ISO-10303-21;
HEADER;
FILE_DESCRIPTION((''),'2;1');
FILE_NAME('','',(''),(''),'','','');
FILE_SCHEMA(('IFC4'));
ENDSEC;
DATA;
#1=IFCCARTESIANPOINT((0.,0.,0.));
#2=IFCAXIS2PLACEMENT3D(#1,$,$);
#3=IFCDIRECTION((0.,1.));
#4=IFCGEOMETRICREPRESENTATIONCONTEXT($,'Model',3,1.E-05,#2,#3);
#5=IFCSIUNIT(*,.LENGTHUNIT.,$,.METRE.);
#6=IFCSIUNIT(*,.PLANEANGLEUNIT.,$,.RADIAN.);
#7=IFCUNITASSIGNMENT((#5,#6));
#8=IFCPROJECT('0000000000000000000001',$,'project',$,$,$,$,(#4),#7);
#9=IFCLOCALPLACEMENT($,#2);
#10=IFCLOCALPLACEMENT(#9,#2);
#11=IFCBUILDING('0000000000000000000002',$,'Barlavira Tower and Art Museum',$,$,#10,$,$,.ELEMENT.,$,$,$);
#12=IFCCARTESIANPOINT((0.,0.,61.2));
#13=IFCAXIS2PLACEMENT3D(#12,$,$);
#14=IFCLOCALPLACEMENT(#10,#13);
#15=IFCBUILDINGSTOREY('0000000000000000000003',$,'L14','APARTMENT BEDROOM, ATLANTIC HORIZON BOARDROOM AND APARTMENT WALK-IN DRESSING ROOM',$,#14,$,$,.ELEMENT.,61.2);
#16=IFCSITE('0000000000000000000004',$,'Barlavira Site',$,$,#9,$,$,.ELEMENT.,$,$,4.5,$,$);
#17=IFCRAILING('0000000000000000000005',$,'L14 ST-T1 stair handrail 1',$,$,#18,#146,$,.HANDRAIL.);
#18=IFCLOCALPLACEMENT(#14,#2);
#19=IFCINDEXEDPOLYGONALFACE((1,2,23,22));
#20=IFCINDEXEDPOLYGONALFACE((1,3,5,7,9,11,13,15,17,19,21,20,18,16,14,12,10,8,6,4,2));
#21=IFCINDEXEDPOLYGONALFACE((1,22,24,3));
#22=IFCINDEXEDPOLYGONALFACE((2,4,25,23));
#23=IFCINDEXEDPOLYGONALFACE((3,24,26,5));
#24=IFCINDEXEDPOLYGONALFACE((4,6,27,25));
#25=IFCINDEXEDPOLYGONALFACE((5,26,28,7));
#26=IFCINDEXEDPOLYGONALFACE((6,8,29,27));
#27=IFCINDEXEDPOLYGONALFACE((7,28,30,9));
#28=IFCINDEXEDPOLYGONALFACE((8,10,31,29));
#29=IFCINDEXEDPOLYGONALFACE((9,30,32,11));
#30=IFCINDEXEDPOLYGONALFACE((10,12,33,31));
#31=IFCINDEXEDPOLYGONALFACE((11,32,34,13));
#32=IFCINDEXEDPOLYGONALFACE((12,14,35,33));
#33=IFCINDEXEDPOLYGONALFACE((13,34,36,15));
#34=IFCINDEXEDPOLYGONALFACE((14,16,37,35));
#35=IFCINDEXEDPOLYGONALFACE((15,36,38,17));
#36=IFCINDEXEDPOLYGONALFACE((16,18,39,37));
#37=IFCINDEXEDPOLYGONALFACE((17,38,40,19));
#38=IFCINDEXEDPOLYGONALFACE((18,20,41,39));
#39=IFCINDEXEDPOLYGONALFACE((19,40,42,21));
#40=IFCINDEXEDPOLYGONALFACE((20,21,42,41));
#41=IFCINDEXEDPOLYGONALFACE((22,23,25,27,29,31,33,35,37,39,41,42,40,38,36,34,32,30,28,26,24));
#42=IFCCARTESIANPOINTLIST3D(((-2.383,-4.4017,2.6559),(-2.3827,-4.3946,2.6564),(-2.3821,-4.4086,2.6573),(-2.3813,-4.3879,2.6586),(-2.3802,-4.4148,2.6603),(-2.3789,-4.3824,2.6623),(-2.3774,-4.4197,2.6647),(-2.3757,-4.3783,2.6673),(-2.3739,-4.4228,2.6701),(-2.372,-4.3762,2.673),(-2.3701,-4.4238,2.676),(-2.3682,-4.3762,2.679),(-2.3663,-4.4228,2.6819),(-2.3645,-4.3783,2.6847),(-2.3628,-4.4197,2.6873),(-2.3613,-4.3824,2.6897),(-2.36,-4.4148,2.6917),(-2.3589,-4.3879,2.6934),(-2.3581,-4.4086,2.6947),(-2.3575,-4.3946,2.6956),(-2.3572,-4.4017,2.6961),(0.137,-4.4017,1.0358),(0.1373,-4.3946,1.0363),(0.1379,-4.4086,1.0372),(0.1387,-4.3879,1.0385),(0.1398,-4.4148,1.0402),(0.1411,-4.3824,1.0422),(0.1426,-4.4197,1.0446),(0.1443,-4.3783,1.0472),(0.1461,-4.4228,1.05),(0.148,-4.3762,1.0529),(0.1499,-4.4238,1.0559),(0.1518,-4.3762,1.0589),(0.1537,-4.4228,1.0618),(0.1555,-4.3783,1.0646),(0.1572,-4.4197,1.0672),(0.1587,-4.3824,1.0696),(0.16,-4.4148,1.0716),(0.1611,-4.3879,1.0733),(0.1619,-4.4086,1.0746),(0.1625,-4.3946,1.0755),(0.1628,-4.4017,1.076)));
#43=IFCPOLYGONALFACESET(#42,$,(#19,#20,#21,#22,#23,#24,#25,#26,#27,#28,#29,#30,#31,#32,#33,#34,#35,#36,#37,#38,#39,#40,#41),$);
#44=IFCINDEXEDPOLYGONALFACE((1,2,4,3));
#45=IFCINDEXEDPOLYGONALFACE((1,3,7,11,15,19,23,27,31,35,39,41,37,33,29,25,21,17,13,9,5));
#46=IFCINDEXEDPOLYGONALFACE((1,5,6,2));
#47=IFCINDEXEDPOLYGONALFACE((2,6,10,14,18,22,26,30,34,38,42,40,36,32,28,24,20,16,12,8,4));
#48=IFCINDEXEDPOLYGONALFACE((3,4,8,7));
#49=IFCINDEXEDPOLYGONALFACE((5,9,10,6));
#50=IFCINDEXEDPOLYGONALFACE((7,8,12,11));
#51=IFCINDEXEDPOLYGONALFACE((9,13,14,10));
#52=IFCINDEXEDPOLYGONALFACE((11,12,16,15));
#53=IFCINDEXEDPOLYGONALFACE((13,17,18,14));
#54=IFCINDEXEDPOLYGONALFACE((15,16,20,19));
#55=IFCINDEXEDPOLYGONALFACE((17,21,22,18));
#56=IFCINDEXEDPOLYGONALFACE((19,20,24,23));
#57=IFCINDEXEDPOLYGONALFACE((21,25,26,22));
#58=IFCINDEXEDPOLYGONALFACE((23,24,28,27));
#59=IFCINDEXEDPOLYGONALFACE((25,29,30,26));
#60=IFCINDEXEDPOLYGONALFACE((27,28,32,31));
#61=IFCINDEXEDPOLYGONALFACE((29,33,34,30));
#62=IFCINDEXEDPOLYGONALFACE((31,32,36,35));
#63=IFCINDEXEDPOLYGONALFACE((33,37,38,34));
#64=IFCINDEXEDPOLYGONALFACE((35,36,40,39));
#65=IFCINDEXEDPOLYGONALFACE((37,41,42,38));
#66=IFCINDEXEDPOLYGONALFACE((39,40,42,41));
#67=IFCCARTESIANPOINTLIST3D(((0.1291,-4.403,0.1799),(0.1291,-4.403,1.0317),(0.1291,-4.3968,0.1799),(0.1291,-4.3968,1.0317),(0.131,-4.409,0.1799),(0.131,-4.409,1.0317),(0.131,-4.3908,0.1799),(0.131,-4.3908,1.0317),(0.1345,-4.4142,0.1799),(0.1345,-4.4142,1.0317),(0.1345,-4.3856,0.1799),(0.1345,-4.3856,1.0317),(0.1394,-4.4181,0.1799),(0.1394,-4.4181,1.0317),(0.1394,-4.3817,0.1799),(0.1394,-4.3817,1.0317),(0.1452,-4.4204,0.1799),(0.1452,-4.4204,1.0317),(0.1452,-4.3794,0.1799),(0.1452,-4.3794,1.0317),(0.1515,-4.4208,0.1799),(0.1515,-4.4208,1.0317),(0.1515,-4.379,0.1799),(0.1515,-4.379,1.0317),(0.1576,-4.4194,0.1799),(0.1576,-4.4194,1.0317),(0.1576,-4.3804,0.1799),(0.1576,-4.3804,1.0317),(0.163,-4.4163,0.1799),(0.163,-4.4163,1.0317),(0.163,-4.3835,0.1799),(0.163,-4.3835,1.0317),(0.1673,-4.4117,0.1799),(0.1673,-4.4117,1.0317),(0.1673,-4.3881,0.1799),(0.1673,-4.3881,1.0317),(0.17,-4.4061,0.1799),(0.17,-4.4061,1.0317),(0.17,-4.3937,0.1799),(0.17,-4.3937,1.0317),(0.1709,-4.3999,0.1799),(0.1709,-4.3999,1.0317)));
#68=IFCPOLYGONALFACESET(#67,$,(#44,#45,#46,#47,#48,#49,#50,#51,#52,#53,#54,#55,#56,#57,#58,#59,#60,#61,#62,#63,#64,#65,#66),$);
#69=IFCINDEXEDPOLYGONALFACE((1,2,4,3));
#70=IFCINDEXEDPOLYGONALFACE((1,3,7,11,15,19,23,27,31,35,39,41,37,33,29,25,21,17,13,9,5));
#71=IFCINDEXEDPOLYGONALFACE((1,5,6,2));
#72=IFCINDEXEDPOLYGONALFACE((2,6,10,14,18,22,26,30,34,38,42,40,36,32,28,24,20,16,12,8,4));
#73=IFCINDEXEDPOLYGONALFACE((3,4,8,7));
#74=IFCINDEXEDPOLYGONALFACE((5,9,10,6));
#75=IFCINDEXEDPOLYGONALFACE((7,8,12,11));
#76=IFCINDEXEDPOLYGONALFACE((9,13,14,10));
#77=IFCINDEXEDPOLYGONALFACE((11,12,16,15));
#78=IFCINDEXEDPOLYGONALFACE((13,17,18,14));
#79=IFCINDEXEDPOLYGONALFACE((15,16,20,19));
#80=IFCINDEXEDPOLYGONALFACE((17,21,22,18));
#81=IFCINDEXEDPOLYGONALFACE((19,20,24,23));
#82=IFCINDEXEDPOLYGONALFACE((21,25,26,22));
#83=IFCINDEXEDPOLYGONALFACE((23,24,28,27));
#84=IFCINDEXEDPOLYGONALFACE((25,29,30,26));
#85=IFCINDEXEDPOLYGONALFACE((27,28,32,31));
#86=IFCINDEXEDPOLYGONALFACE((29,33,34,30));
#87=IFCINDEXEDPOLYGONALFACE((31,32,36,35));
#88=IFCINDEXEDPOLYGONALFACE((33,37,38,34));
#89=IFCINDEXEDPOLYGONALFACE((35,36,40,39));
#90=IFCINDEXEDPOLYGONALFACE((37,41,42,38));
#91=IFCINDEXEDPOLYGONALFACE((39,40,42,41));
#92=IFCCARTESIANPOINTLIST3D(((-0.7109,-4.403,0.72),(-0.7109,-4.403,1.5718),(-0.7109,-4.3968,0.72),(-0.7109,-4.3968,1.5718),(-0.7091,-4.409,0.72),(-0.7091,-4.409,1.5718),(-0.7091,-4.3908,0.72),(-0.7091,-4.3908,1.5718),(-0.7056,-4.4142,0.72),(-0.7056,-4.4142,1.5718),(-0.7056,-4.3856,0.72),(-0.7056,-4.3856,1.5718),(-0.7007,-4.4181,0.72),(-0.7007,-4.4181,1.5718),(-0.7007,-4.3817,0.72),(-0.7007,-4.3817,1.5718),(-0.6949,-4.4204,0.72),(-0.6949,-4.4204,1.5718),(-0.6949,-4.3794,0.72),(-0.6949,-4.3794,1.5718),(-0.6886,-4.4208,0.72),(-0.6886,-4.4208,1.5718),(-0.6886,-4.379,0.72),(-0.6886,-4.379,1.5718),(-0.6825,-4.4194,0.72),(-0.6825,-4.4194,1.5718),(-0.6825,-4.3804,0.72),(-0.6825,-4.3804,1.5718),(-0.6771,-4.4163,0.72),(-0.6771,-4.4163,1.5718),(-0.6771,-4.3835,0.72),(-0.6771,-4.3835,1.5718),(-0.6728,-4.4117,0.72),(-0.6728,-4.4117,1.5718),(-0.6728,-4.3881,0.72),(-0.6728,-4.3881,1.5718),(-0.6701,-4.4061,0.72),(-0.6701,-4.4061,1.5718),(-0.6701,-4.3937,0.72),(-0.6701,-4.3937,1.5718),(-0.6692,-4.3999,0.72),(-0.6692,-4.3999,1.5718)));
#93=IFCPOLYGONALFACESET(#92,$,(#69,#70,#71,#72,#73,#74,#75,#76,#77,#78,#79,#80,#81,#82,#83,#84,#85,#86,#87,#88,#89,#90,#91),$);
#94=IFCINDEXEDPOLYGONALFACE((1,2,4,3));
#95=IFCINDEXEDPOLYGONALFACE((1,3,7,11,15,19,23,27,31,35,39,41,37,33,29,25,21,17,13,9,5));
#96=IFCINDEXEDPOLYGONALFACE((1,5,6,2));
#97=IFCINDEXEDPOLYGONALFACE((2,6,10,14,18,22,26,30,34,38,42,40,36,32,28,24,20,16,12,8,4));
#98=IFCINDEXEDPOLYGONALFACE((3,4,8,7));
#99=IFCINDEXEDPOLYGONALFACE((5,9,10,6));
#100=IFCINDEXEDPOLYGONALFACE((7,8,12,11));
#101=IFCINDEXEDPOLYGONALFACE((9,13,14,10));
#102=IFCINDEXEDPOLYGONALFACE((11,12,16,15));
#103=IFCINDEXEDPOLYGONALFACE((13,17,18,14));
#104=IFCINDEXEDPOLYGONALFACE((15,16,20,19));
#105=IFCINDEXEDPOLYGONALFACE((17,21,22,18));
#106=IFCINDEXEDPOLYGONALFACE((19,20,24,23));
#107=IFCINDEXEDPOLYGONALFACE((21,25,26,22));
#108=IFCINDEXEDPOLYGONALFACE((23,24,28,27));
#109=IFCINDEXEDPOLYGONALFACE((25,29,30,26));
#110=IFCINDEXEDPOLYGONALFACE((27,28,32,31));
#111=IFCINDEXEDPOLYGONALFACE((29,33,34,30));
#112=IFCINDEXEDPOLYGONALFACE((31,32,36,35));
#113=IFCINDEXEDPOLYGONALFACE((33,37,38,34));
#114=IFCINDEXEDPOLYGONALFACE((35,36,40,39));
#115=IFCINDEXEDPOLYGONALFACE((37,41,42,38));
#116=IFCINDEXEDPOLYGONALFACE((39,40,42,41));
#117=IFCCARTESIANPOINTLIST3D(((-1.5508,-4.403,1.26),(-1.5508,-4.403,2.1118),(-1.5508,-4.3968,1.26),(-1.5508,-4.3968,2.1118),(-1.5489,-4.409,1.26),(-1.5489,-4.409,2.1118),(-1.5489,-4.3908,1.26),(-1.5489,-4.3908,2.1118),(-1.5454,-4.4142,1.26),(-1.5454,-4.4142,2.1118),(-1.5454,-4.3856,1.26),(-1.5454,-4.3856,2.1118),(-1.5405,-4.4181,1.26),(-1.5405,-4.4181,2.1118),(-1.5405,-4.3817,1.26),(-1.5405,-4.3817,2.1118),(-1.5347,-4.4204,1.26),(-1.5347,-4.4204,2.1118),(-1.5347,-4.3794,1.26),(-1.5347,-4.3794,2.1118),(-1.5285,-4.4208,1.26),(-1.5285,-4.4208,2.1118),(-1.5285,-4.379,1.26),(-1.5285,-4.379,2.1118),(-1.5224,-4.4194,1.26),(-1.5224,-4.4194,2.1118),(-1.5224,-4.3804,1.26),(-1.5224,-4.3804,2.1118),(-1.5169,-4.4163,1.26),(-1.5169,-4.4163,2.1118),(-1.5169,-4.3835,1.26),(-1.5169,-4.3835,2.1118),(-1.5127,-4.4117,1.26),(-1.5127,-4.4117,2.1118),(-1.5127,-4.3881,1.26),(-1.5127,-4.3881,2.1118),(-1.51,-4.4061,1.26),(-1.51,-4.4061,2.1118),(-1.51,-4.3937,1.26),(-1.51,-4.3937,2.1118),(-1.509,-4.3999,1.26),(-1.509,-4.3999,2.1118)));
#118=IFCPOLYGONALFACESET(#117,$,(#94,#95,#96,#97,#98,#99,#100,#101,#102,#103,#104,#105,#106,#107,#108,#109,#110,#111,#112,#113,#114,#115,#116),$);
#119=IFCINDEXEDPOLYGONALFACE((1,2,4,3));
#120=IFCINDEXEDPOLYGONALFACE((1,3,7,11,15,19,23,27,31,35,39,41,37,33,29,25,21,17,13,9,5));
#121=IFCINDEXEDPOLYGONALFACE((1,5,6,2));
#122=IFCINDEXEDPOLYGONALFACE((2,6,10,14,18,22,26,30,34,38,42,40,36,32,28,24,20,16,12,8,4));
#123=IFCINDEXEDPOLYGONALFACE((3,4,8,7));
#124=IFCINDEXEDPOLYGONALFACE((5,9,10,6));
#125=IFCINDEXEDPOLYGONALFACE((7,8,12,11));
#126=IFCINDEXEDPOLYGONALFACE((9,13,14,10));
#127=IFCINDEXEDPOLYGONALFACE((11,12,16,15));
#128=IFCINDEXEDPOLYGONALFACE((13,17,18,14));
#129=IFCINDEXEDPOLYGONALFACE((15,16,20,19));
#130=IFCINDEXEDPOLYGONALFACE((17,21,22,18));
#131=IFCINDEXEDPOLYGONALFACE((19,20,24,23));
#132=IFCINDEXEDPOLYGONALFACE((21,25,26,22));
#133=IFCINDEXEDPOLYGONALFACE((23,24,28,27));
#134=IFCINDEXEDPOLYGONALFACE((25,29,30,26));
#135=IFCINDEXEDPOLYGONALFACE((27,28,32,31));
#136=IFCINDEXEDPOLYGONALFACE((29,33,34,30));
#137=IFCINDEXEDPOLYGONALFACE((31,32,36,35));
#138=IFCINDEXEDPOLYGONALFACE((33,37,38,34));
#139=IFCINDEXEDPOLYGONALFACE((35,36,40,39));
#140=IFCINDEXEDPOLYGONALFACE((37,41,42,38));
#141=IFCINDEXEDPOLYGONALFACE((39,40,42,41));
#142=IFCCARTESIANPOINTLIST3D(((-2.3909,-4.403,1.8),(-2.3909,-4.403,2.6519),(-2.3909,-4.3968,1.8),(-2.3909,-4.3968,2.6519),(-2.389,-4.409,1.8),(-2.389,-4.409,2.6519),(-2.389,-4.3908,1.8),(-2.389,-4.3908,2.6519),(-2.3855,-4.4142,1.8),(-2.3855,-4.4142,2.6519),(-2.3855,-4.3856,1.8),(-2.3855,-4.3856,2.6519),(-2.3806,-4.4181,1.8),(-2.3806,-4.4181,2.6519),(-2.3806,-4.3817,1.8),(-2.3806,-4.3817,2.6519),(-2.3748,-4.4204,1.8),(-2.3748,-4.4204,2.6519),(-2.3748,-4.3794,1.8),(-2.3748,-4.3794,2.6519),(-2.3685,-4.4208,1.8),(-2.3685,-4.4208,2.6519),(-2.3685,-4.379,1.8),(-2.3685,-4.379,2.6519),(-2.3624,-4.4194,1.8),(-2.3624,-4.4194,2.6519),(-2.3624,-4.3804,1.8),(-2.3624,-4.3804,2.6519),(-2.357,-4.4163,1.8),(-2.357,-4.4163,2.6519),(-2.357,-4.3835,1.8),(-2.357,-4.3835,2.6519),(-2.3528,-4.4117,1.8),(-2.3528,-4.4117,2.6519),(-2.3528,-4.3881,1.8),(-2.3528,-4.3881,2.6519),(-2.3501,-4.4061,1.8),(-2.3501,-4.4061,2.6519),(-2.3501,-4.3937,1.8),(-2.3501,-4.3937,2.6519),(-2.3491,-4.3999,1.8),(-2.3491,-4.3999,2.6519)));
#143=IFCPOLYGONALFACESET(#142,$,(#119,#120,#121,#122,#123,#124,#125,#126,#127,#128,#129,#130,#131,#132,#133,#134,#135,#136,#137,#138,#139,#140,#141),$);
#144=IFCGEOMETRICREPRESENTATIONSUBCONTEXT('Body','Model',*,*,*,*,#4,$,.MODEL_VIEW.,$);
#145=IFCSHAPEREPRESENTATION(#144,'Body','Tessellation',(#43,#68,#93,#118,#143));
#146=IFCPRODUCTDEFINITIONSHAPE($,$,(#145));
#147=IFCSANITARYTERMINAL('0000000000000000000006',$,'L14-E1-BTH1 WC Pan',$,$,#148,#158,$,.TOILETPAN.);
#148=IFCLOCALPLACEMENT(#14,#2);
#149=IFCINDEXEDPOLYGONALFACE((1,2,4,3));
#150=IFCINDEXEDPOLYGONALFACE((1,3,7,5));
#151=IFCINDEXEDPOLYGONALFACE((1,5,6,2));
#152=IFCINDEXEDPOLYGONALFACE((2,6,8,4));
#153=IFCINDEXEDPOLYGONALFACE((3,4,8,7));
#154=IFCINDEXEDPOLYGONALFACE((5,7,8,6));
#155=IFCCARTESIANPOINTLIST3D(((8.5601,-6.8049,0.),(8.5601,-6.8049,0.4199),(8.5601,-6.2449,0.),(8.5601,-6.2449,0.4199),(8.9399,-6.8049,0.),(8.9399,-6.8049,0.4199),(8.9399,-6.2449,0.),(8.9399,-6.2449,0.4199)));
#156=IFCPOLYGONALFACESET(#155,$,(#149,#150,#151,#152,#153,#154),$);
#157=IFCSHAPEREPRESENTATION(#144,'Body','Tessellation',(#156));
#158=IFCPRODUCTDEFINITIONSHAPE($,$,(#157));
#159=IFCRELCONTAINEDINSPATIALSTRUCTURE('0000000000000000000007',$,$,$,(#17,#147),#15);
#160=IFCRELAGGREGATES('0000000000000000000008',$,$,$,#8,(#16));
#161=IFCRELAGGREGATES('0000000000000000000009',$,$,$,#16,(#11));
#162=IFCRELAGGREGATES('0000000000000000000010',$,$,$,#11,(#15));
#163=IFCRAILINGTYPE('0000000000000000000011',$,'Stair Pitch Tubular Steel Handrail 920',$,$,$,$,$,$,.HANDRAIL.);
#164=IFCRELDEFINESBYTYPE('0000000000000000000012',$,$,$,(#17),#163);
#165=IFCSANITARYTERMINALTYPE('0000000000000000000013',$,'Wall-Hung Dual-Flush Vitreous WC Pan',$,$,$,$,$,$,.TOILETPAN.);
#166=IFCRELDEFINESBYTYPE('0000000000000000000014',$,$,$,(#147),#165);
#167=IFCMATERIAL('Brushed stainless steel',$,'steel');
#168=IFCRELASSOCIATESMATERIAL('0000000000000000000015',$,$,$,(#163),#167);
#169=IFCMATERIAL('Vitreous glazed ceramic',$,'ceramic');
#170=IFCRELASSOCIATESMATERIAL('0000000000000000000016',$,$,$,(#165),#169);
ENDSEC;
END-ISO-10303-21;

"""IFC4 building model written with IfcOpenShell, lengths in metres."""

from ifc_helpers import new_model, si_unit, direction, frame, origin, origin_2d, place, context, subcontext, project, spatial, rectangle, circle, extrude, material, type_object, element, save


model = new_model("IFC4")

# Units and contexts
model_context = context("Model", 3, precision=1e-05, world=origin(), true_north=direction((0.0, 1.0)))
body_context = subcontext(model_context, "Body", "Model", "MODEL_VIEW")
ifc_project = project(units=[si_unit("LENGTHUNIT", "METRE"), si_unit("PLANEANGLEUNIT", "RADIAN")], contexts=[model_context])

# Site, building, storey
site_placement = place(None, origin())
site = spatial("IfcSite", under=ifc_project, at=site_placement, Name="Barlavira Site", CompositionType="ELEMENT", RefElevation=4.5)
building_placement = place(site_placement, origin())
building = spatial("IfcBuilding", under=site, at=building_placement, Name="Barlavira Tower and Art Museum", CompositionType="ELEMENT")
storey_placement = place(building_placement, frame((0.0, 0.0, 61.2)))
storey = spatial("IfcBuildingStorey", under=building, at=storey_placement, Name="L14", Description="APARTMENT BEDROOM, ATLANTIC HORIZON BOARDROOM AND APARTMENT WALK-IN DRESSING ROOM", CompositionType="ELEMENT", Elevation=61.2)

# Shared definitions
ifc_material_1 = material(Name="Brushed stainless steel", Category="steel")

# Railing
railing_type_1 = type_object("IfcRailingType", Name="Stair Pitch Tubular Steel Handrail 920", PredefinedType="HANDRAIL", material=ifc_material_1)
railing_1_placement = place(storey_placement, frame((0.1499, -4.3999, 0.1799)))
element("IfcRailing", 1, at=railing_1_placement, inside=storey, type_object=railing_type_1, Name="L14 ST-T1 stair handrail 1", PredefinedType="HANDRAIL", context=body_context, shape_type="SweptSolid", body=[
    extrude(circle(Radius=0.0239, at=origin_2d()), frame((0.0, 0.0, 0.876), z_axis=(-0.841163, 0.0, 0.540782), x_axis=(0.0, -1.0, 0.0)), (0.0, 0.0, 1.0), 2.9958),
    extrude(circle(Radius=0.021, at=origin_2d()), origin(), (0.0, 0.0, 1.0), 0.8518),
    extrude(circle(Radius=0.021, at=origin_2d()), frame((-0.8401, 0.0, 0.54)), (0.0, 0.0, 1.0), 0.8518),
    extrude(circle(Radius=0.021, at=origin_2d()), frame((-1.6799, 0.0, 1.0801)), (0.0, 0.0, 1.0), 0.8518),
    extrude(circle(Radius=0.021, at=origin_2d()), frame((-2.52, 0.0, 1.6201)), (0.0, 0.0, 1.0), 0.8518),
])

# Sanitary terminal
ifc_material_2 = material(Name="Vitreous glazed ceramic", Category="ceramic")
sanitary_terminal_type = type_object("IfcSanitaryTerminalType", Name="Wall-Hung Dual-Flush Vitreous WC Pan", PredefinedType="TOILETPAN", material=ifc_material_2)
sanitary_terminal_placement = place(storey_placement, frame((8.75, -6.5249, 0.0), z_axis=(0.0, 0.0, 1.0), x_axis=(1.0, 0.0, 0.0)))
element("IfcSanitaryTerminal", 2, at=sanitary_terminal_placement, inside=storey, type_object=sanitary_terminal_type, Name="L14-E1-BTH1 WC Pan", PredefinedType="TOILETPAN", context=body_context, shape_type="SweptSolid", body=[
    extrude(rectangle(XDim=0.3799, YDim=0.5601, at=origin_2d()), origin(), (0.0, 0.0, 1.0), 0.4199),
])

save(model, "model.ifc")
